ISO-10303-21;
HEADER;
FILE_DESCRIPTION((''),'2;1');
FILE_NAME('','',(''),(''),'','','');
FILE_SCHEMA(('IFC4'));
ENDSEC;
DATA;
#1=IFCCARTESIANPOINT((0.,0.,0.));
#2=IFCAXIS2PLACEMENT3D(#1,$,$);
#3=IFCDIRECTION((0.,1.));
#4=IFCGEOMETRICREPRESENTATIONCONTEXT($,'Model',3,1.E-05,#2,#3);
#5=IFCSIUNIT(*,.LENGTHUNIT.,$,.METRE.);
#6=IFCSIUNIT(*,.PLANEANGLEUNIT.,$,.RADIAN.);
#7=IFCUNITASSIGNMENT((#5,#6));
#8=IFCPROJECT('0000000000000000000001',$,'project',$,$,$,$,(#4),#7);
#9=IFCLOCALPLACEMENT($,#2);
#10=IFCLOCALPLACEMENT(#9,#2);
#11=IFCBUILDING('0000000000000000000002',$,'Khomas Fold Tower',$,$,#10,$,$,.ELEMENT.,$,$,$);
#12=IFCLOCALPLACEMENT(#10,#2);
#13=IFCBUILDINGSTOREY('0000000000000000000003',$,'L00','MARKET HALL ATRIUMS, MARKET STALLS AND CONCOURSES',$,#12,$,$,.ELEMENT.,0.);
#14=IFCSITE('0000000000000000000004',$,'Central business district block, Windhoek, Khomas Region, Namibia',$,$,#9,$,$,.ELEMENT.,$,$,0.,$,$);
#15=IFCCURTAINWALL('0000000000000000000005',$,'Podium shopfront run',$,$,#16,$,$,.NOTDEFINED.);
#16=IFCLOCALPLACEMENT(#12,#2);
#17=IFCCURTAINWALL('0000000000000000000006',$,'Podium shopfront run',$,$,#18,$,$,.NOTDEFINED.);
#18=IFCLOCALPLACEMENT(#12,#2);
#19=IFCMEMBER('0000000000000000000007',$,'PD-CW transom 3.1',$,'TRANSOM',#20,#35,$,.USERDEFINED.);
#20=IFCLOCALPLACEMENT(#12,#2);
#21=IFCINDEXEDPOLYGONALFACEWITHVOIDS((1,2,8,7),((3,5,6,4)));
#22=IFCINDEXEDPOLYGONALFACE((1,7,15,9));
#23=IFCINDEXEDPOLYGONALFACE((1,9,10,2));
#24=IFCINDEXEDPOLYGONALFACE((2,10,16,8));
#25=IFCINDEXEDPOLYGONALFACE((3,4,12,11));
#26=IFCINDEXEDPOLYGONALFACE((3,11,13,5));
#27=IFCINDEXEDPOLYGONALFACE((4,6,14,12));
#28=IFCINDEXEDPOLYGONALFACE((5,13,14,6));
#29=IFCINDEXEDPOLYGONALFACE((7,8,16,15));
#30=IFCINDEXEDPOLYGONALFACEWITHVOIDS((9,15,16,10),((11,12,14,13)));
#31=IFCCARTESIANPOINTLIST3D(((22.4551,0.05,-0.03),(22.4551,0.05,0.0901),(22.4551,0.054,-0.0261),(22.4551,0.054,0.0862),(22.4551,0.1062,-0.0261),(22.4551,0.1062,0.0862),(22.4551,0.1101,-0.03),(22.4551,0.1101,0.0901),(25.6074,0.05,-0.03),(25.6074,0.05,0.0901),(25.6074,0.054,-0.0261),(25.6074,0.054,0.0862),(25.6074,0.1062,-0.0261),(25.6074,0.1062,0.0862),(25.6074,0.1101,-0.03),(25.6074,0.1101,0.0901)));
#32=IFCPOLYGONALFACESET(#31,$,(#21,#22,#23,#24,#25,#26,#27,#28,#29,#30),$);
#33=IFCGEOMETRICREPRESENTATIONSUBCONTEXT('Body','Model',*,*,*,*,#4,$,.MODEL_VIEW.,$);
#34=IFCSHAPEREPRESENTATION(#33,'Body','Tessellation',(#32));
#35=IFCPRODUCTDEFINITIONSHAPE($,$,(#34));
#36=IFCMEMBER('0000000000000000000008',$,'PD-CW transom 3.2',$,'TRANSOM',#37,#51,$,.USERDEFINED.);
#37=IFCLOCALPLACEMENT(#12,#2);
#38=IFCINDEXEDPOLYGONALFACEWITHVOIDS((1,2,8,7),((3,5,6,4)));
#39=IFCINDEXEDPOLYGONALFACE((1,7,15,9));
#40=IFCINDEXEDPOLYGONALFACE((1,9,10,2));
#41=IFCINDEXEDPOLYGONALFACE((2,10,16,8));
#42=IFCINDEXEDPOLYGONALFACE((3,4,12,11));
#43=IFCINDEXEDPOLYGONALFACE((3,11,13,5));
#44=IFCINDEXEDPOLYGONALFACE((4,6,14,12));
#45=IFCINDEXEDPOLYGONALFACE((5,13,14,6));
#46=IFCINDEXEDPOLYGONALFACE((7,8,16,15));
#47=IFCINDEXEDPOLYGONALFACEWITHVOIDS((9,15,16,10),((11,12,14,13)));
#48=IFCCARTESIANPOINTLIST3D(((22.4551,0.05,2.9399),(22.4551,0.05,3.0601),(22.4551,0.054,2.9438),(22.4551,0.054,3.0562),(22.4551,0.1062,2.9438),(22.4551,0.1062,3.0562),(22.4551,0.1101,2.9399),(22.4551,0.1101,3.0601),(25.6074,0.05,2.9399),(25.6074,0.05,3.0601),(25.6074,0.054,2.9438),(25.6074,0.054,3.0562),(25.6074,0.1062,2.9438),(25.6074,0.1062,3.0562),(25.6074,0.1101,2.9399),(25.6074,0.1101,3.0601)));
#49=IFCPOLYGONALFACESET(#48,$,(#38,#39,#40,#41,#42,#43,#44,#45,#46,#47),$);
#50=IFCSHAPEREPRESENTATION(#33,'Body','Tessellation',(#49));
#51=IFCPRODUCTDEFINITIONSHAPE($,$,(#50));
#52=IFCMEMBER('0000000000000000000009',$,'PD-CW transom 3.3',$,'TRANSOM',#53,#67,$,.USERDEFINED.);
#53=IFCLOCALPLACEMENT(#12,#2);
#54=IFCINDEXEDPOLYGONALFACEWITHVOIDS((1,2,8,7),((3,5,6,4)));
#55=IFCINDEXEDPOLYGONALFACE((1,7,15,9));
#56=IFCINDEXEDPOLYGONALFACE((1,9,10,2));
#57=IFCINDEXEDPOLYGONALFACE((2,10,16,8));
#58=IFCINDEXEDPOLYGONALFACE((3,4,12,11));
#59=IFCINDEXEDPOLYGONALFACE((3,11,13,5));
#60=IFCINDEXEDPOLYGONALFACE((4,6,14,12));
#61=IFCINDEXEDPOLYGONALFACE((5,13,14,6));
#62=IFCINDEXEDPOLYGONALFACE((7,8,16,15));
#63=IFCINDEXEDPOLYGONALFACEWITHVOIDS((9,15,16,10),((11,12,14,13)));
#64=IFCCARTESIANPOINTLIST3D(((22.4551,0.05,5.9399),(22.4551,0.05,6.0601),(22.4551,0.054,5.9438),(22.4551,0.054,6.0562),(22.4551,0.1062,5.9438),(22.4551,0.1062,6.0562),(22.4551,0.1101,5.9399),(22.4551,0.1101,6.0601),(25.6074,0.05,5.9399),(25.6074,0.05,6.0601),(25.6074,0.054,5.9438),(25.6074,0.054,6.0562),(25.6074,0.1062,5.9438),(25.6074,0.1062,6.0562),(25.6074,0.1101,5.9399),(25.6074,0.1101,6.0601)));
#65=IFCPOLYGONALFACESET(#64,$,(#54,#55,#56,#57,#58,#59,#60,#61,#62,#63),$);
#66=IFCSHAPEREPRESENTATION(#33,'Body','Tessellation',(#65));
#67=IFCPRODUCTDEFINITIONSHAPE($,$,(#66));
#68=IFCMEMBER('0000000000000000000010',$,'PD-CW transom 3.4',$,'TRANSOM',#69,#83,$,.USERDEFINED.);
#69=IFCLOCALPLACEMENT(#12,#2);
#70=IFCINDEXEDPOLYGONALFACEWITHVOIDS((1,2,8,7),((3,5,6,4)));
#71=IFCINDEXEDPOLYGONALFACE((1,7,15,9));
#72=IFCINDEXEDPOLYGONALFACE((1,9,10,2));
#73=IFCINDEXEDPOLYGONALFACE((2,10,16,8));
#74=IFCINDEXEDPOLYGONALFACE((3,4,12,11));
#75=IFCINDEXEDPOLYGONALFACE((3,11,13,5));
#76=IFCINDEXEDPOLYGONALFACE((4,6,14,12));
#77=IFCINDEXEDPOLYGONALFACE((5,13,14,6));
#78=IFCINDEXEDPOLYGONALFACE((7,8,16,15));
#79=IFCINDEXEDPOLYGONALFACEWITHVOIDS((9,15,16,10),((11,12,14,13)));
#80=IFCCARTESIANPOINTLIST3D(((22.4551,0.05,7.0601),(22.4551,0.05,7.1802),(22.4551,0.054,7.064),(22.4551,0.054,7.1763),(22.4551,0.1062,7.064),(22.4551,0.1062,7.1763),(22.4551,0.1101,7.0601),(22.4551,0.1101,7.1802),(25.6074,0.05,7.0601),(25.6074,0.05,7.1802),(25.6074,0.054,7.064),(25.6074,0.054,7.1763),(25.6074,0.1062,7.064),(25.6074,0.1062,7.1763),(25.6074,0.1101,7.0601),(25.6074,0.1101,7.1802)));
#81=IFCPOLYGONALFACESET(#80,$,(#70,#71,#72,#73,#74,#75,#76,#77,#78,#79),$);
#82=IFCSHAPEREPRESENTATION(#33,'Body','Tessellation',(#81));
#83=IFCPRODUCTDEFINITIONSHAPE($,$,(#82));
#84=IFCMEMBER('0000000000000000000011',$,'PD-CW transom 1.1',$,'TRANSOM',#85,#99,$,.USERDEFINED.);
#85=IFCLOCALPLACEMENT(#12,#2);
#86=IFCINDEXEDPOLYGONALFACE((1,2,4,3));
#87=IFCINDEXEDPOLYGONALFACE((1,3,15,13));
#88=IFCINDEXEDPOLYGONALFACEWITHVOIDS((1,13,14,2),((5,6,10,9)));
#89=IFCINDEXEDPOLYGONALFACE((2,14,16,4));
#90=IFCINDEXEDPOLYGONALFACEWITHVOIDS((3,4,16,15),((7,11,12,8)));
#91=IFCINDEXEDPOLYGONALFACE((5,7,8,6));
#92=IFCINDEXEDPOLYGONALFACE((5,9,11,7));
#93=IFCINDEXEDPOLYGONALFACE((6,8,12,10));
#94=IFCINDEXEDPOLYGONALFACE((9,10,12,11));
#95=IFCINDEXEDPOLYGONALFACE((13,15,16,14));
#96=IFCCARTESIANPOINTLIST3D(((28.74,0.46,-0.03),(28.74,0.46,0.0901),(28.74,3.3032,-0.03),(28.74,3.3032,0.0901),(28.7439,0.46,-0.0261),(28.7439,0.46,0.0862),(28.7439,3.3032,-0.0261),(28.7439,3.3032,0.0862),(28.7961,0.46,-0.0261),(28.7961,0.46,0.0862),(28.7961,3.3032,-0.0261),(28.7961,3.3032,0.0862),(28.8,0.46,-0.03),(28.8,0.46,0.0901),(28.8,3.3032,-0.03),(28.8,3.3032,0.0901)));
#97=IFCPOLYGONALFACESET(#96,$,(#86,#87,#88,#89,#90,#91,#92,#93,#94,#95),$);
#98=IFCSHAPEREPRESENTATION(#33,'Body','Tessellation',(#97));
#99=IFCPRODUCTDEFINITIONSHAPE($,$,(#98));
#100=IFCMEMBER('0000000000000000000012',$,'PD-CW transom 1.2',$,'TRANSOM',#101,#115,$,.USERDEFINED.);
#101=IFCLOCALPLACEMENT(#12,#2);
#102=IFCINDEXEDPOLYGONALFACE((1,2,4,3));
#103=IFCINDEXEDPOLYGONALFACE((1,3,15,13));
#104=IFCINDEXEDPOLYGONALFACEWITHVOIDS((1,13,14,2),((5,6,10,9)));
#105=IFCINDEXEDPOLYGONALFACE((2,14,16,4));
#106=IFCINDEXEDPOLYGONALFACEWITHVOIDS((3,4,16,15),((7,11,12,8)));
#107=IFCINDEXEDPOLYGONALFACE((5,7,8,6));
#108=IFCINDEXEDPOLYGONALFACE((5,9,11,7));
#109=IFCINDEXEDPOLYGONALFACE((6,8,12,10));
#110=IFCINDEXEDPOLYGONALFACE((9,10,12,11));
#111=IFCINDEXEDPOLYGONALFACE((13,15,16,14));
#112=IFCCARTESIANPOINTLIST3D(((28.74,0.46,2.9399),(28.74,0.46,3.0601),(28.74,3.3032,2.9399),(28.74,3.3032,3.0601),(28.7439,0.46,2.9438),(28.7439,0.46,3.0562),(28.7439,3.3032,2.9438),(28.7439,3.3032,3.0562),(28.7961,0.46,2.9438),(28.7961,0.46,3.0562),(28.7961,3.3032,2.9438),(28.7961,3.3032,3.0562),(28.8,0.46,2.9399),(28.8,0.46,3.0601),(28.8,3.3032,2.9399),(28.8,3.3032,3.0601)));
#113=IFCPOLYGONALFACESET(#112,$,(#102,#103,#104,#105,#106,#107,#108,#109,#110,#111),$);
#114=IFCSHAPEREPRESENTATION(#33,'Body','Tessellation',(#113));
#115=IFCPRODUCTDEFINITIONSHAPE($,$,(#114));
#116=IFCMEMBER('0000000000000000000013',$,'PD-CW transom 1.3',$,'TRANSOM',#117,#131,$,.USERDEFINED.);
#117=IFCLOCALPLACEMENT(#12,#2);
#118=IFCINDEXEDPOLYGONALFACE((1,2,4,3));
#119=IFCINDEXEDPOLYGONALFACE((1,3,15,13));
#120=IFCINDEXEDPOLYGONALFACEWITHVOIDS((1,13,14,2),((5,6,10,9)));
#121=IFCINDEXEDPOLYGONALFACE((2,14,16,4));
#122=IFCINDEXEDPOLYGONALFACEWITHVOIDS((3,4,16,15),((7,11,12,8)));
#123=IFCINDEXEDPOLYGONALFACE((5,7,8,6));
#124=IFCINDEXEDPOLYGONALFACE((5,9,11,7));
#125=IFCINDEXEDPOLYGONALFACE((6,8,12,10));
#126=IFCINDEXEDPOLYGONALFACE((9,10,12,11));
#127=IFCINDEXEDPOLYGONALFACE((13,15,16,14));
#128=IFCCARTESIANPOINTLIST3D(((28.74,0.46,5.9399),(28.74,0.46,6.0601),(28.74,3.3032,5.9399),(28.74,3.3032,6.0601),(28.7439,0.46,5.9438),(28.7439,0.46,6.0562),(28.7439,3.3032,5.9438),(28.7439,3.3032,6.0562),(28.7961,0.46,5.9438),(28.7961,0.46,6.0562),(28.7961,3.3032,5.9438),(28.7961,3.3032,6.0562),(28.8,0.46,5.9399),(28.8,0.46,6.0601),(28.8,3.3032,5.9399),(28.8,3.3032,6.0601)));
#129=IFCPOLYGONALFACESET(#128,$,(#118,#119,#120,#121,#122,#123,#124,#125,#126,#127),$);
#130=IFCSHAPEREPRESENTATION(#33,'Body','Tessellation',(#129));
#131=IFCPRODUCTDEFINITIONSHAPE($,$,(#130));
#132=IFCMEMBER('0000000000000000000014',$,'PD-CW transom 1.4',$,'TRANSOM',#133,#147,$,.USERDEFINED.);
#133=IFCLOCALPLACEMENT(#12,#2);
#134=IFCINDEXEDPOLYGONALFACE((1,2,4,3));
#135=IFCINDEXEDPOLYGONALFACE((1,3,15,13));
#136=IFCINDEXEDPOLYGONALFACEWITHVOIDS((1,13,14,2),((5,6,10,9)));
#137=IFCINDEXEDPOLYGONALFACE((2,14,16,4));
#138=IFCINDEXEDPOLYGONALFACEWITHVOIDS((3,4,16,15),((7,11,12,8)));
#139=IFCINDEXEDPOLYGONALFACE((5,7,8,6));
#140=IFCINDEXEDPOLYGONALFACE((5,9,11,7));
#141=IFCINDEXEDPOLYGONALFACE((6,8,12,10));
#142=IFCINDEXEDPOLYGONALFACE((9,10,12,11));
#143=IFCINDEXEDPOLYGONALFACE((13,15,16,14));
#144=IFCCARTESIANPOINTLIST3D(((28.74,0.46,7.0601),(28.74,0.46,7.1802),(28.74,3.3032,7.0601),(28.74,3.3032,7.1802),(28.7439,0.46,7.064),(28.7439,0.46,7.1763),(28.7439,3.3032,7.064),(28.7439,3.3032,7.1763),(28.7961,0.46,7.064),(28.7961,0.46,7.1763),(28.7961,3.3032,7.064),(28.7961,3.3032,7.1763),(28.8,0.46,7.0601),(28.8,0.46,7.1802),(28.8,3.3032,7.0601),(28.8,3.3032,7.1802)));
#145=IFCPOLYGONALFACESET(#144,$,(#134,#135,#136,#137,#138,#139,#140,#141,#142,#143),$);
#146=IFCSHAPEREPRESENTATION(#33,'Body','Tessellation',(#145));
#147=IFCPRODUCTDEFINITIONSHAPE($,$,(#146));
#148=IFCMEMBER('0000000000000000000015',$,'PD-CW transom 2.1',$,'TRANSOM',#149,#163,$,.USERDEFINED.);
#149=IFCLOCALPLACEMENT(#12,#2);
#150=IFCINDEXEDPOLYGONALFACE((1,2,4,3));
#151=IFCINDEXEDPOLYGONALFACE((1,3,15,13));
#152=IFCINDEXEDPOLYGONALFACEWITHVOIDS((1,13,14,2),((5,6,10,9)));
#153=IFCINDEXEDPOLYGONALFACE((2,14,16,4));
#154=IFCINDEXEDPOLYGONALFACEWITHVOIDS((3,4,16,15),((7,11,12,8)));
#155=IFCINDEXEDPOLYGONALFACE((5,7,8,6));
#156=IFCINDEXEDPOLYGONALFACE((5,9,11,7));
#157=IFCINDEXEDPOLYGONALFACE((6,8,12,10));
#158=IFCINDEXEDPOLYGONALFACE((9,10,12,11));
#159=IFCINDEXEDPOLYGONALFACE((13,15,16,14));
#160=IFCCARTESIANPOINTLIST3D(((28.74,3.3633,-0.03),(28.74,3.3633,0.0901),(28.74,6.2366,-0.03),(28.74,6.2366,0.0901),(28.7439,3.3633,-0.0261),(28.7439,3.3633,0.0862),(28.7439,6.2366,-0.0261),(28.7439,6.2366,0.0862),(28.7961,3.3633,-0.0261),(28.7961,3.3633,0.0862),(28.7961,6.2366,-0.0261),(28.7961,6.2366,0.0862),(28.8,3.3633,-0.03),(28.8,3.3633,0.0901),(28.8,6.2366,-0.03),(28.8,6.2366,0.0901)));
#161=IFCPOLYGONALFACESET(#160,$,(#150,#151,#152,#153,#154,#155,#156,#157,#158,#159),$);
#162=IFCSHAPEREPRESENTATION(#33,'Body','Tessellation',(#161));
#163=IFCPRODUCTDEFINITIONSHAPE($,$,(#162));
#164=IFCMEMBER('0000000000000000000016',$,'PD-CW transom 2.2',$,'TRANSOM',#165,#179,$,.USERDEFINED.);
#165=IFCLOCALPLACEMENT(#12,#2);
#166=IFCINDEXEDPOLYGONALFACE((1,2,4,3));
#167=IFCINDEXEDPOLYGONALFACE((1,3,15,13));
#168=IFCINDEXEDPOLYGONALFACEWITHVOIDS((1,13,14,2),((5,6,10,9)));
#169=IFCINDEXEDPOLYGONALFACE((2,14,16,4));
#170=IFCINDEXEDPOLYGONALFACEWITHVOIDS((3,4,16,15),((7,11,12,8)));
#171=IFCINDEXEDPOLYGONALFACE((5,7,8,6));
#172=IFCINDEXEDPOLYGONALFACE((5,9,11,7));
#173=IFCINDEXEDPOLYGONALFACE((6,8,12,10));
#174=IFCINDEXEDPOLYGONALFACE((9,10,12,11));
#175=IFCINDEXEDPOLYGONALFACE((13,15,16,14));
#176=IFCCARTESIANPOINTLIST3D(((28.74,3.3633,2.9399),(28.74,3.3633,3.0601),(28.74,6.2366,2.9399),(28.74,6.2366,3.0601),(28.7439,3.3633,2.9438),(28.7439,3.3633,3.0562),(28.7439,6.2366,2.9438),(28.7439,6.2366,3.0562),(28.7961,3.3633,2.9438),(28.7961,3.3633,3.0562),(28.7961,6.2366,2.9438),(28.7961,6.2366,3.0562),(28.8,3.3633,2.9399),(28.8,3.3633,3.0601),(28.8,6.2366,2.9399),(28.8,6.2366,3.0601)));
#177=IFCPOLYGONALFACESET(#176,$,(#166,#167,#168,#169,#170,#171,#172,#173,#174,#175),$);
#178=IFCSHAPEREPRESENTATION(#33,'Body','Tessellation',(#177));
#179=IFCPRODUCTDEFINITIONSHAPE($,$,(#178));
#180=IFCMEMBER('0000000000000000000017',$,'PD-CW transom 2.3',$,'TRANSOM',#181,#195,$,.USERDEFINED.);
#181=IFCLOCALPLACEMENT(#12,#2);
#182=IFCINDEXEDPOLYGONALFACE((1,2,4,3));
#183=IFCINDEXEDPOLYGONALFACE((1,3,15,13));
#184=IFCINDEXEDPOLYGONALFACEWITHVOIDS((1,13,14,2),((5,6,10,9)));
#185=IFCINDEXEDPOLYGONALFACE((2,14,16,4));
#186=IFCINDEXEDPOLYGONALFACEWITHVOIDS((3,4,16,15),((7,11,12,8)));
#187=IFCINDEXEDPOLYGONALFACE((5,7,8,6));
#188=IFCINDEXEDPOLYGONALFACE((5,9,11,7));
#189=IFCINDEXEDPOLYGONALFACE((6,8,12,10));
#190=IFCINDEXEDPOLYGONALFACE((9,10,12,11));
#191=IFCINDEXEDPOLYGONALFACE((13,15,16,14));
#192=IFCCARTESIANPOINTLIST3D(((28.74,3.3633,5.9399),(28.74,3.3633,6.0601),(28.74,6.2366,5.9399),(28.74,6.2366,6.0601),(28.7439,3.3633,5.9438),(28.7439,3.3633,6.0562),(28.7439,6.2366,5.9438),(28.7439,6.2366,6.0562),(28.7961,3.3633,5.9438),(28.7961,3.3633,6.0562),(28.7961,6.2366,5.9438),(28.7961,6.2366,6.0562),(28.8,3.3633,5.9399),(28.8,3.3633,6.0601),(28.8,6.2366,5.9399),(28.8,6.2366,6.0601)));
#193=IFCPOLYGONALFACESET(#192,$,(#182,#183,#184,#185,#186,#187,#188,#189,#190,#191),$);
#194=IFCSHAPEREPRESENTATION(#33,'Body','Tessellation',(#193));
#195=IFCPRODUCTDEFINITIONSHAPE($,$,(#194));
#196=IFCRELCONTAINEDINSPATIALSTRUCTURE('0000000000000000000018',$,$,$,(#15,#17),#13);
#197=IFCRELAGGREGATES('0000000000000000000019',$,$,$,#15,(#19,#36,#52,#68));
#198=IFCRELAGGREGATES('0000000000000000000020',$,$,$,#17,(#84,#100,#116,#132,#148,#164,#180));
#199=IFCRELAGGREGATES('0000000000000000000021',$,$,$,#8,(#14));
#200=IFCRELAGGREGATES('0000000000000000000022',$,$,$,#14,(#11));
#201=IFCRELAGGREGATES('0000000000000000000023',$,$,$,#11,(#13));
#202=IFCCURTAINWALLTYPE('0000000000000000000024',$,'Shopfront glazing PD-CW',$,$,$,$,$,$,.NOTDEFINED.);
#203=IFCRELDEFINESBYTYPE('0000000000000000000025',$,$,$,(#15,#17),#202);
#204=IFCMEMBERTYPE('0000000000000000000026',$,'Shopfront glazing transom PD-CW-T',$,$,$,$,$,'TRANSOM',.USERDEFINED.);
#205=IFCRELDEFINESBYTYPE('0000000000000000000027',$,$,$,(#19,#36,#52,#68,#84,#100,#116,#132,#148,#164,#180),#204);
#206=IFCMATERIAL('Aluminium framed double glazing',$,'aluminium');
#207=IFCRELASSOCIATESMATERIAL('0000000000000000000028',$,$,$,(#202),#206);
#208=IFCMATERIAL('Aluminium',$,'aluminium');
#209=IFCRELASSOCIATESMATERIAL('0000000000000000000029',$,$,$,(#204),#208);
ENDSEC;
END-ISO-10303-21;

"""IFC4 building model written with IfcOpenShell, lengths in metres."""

from ifc_helpers import new_model, si_unit, direction, frame, origin, origin_2d, place, context, subcontext, project, spatial, hollow_rectangle, extrude, source, transform, mapped, material, material_profile, profile_set, type_object, element, aggregate, save


model = new_model("IFC4")

# Units and contexts
model_context = context("Model", 3, precision=1e-05, world=origin(), true_north=direction((0.0, 1.0)))
body_context = subcontext(model_context, "Body", "Model", "MODEL_VIEW")
ifc_project = project(units=[si_unit("LENGTHUNIT", "METRE"), si_unit("PLANEANGLEUNIT", "RADIAN")], contexts=[model_context])

# Site, building, storey
site_placement = place(None, origin())
site = spatial("IfcSite", under=ifc_project, at=site_placement, Name="Central business district block, Windhoek, Khomas Region, Namibia", CompositionType="ELEMENT", RefElevation=0.0)
building_placement = place(site_placement, origin())
building = spatial("IfcBuilding", under=site, at=building_placement, Name="Khomas Fold Tower", CompositionType="ELEMENT")
storey_placement = place(building_placement, origin())
storey = spatial("IfcBuildingStorey", under=building, at=storey_placement, Name="L00", Description="MARKET HALL ATRIUMS, MARKET STALLS AND CONCOURSES", CompositionType="ELEMENT", Elevation=0.0)

# Curtain walls
ifc_material_1 = material(Name="Aluminium framed double glazing", Category="aluminium")
curtain_wall_type = type_object("IfcCurtainWallType", Name="Shopfront glazing PD-CW", PredefinedType="NOTDEFINED", material=ifc_material_1)
curtain_wall_1_placement = place(storey_placement, origin())
curtain_wall_1 = element("IfcCurtainWall", 1, at=curtain_wall_1_placement, inside=storey, type_object=curtain_wall_type, Name="Podium shopfront run", PredefinedType="NOTDEFINED")
curtain_wall_2_placement = place(storey_placement, origin())
curtain_wall_2 = element("IfcCurtainWall", 2, at=curtain_wall_2_placement, inside=storey, type_object=curtain_wall_type, Name="Podium shopfront run", PredefinedType="NOTDEFINED")

# Members
ifc_material_2 = material(Name="Aluminium", Category="aluminium")
ifc_material_profile_1 = material_profile(ifc_material_2, hollow_rectangle(XDim=0.0601, YDim=0.1201, WallThickness=0.0039, at=origin_2d()), Name="Shopfront glazing transom PD-CW-T")
ifc_profile_set_1 = profile_set([ifc_material_profile_1], Name="Aluminium")
member_type_1 = type_object("IfcMemberType", Name="Shopfront glazing transom PD-CW-T", ElementType="TRANSOM", PredefinedType="USERDEFINED", material=ifc_profile_set_1)
shared_shape_1 = source(origin(), body_context, "Body", "SweptSolid", [
    extrude(hollow_rectangle(XDim=0.0601, YDim=0.1201, WallThickness=0.0039, at=origin_2d()), origin(), (0.0, 0.0, 1.0), 3.1523),
])
member_1_placement = place(storey_placement, frame((22.4551, 0.0801, 0.03), z_axis=(1.0, 0.0, 0.0), x_axis=(0.0, 1.0, 0.0)))
member_1 = element("IfcMember", 3, at=member_1_placement, type_object=member_type_1, Name="PD-CW transom 3.1", ObjectType="TRANSOM", PredefinedType="USERDEFINED", context=body_context, shape_type="MappedRepresentation", body=[
    mapped(shared_shape_1, transform((0.0, 0.0, 0.0))),
])
member_2_placement = place(storey_placement, frame((22.4551, 0.0801, 3.0), z_axis=(1.0, 0.0, 0.0), x_axis=(0.0, 1.0, 0.0)))
member_2 = element("IfcMember", 4, at=member_2_placement, type_object=member_type_1, Name="PD-CW transom 3.2", ObjectType="TRANSOM", PredefinedType="USERDEFINED", context=body_context, shape_type="MappedRepresentation", body=[
    mapped(shared_shape_1, transform((0.0, 0.0, 0.0))),
])
member_3_placement = place(storey_placement, frame((22.4551, 0.0801, 6.0), z_axis=(1.0, 0.0, 0.0), x_axis=(0.0, 1.0, 0.0)))
member_3 = element("IfcMember", 5, at=member_3_placement, type_object=member_type_1, Name="PD-CW transom 3.3", ObjectType="TRANSOM", PredefinedType="USERDEFINED", context=body_context, shape_type="MappedRepresentation", body=[
    mapped(shared_shape_1, transform((0.0, 0.0, 0.0))),
])
member_4_placement = place(storey_placement, frame((22.4551, 0.0801, 7.1201), z_axis=(1.0, 0.0, 0.0), x_axis=(0.0, 1.0, 0.0)))
member_4 = element("IfcMember", 6, at=member_4_placement, type_object=member_type_1, Name="PD-CW transom 3.4", ObjectType="TRANSOM", PredefinedType="USERDEFINED", context=body_context, shape_type="MappedRepresentation", body=[
    mapped(shared_shape_1, transform((0.0, 0.0, 0.0))),
])
shared_shape_2 = source(origin(), body_context, "Body", "SweptSolid", [
    extrude(hollow_rectangle(XDim=0.0601, YDim=0.1201, WallThickness=0.0039, at=origin_2d()), origin(), (0.0, 0.0, 1.0), 2.8433),
])
member_5_placement = place(storey_placement, frame((28.77, 0.46, 0.03), z_axis=(0.0, 1.0, 0.0), x_axis=(-1.0, 0.0, 0.0)))
member_5 = element("IfcMember", 7, at=member_5_placement, type_object=member_type_1, Name="PD-CW transom 1.1", ObjectType="TRANSOM", PredefinedType="USERDEFINED", context=body_context, shape_type="MappedRepresentation", body=[
    mapped(shared_shape_2, transform((0.0, 0.0, 0.0))),
])
member_6_placement = place(storey_placement, frame((28.77, 0.46, 3.0), z_axis=(0.0, 1.0, 0.0), x_axis=(-1.0, 0.0, 0.0)))
member_6 = element("IfcMember", 8, at=member_6_placement, type_object=member_type_1, Name="PD-CW transom 1.2", ObjectType="TRANSOM", PredefinedType="USERDEFINED", context=body_context, shape_type="MappedRepresentation", body=[
    mapped(shared_shape_2, transform((0.0, 0.0, 0.0))),
])
member_7_placement = place(storey_placement, frame((28.77, 0.46, 6.0), z_axis=(0.0, 1.0, 0.0), x_axis=(-1.0, 0.0, 0.0)))
member_7 = element("IfcMember", 9, at=member_7_placement, type_object=member_type_1, Name="PD-CW transom 1.3", ObjectType="TRANSOM", PredefinedType="USERDEFINED", context=body_context, shape_type="MappedRepresentation", body=[
    mapped(shared_shape_2, transform((0.0, 0.0, 0.0))),
])
member_8_placement = place(storey_placement, frame((28.77, 0.46, 7.1201), z_axis=(0.0, 1.0, 0.0), x_axis=(-1.0, 0.0, 0.0)))
member_8 = element("IfcMember", 10, at=member_8_placement, type_object=member_type_1, Name="PD-CW transom 1.4", ObjectType="TRANSOM", PredefinedType="USERDEFINED", context=body_context, shape_type="MappedRepresentation", body=[
    mapped(shared_shape_2, transform((0.0, 0.0, 0.0))),
])
shared_shape_3 = source(origin(), body_context, "Body", "SweptSolid", [
    extrude(hollow_rectangle(XDim=0.0601, YDim=0.1201, WallThickness=0.0039, at=origin_2d()), origin(), (0.0, 0.0, 1.0), 2.8733),
])
member_9_placement = place(storey_placement, frame((28.77, 3.3633, 0.03), z_axis=(0.0, 1.0, 0.0), x_axis=(-1.0, 0.0, 0.0)))
member_9 = element("IfcMember", 11, at=member_9_placement, type_object=member_type_1, Name="PD-CW transom 2.1", ObjectType="TRANSOM", PredefinedType="USERDEFINED", context=body_context, shape_type="MappedRepresentation", body=[
    mapped(shared_shape_3, transform((0.0, 0.0, 0.0))),
])
member_10_placement = place(storey_placement, frame((28.77, 3.3633, 3.0), z_axis=(0.0, 1.0, 0.0), x_axis=(-1.0, 0.0, 0.0)))
member_10 = element("IfcMember", 12, at=member_10_placement, type_object=member_type_1, Name="PD-CW transom 2.2", ObjectType="TRANSOM", PredefinedType="USERDEFINED", context=body_context, shape_type="MappedRepresentation", body=[
    mapped(shared_shape_3, transform((0.0, 0.0, 0.0))),
])
member_11_placement = place(storey_placement, frame((28.77, 3.3633, 6.0), z_axis=(0.0, 1.0, 0.0), x_axis=(-1.0, 0.0, 0.0)))
member_11 = element("IfcMember", 13, at=member_11_placement, type_object=member_type_1, Name="PD-CW transom 2.3", ObjectType="TRANSOM", PredefinedType="USERDEFINED", context=body_context, shape_type="MappedRepresentation", body=[
    mapped(shared_shape_3, transform((0.0, 0.0, 0.0))),
])

aggregate(curtain_wall_1, [member_1, member_2, member_3, member_4])
aggregate(curtain_wall_2, [member_5, member_6, member_7, member_8, member_9, member_10, member_11])

save(model, "model.ifc")
